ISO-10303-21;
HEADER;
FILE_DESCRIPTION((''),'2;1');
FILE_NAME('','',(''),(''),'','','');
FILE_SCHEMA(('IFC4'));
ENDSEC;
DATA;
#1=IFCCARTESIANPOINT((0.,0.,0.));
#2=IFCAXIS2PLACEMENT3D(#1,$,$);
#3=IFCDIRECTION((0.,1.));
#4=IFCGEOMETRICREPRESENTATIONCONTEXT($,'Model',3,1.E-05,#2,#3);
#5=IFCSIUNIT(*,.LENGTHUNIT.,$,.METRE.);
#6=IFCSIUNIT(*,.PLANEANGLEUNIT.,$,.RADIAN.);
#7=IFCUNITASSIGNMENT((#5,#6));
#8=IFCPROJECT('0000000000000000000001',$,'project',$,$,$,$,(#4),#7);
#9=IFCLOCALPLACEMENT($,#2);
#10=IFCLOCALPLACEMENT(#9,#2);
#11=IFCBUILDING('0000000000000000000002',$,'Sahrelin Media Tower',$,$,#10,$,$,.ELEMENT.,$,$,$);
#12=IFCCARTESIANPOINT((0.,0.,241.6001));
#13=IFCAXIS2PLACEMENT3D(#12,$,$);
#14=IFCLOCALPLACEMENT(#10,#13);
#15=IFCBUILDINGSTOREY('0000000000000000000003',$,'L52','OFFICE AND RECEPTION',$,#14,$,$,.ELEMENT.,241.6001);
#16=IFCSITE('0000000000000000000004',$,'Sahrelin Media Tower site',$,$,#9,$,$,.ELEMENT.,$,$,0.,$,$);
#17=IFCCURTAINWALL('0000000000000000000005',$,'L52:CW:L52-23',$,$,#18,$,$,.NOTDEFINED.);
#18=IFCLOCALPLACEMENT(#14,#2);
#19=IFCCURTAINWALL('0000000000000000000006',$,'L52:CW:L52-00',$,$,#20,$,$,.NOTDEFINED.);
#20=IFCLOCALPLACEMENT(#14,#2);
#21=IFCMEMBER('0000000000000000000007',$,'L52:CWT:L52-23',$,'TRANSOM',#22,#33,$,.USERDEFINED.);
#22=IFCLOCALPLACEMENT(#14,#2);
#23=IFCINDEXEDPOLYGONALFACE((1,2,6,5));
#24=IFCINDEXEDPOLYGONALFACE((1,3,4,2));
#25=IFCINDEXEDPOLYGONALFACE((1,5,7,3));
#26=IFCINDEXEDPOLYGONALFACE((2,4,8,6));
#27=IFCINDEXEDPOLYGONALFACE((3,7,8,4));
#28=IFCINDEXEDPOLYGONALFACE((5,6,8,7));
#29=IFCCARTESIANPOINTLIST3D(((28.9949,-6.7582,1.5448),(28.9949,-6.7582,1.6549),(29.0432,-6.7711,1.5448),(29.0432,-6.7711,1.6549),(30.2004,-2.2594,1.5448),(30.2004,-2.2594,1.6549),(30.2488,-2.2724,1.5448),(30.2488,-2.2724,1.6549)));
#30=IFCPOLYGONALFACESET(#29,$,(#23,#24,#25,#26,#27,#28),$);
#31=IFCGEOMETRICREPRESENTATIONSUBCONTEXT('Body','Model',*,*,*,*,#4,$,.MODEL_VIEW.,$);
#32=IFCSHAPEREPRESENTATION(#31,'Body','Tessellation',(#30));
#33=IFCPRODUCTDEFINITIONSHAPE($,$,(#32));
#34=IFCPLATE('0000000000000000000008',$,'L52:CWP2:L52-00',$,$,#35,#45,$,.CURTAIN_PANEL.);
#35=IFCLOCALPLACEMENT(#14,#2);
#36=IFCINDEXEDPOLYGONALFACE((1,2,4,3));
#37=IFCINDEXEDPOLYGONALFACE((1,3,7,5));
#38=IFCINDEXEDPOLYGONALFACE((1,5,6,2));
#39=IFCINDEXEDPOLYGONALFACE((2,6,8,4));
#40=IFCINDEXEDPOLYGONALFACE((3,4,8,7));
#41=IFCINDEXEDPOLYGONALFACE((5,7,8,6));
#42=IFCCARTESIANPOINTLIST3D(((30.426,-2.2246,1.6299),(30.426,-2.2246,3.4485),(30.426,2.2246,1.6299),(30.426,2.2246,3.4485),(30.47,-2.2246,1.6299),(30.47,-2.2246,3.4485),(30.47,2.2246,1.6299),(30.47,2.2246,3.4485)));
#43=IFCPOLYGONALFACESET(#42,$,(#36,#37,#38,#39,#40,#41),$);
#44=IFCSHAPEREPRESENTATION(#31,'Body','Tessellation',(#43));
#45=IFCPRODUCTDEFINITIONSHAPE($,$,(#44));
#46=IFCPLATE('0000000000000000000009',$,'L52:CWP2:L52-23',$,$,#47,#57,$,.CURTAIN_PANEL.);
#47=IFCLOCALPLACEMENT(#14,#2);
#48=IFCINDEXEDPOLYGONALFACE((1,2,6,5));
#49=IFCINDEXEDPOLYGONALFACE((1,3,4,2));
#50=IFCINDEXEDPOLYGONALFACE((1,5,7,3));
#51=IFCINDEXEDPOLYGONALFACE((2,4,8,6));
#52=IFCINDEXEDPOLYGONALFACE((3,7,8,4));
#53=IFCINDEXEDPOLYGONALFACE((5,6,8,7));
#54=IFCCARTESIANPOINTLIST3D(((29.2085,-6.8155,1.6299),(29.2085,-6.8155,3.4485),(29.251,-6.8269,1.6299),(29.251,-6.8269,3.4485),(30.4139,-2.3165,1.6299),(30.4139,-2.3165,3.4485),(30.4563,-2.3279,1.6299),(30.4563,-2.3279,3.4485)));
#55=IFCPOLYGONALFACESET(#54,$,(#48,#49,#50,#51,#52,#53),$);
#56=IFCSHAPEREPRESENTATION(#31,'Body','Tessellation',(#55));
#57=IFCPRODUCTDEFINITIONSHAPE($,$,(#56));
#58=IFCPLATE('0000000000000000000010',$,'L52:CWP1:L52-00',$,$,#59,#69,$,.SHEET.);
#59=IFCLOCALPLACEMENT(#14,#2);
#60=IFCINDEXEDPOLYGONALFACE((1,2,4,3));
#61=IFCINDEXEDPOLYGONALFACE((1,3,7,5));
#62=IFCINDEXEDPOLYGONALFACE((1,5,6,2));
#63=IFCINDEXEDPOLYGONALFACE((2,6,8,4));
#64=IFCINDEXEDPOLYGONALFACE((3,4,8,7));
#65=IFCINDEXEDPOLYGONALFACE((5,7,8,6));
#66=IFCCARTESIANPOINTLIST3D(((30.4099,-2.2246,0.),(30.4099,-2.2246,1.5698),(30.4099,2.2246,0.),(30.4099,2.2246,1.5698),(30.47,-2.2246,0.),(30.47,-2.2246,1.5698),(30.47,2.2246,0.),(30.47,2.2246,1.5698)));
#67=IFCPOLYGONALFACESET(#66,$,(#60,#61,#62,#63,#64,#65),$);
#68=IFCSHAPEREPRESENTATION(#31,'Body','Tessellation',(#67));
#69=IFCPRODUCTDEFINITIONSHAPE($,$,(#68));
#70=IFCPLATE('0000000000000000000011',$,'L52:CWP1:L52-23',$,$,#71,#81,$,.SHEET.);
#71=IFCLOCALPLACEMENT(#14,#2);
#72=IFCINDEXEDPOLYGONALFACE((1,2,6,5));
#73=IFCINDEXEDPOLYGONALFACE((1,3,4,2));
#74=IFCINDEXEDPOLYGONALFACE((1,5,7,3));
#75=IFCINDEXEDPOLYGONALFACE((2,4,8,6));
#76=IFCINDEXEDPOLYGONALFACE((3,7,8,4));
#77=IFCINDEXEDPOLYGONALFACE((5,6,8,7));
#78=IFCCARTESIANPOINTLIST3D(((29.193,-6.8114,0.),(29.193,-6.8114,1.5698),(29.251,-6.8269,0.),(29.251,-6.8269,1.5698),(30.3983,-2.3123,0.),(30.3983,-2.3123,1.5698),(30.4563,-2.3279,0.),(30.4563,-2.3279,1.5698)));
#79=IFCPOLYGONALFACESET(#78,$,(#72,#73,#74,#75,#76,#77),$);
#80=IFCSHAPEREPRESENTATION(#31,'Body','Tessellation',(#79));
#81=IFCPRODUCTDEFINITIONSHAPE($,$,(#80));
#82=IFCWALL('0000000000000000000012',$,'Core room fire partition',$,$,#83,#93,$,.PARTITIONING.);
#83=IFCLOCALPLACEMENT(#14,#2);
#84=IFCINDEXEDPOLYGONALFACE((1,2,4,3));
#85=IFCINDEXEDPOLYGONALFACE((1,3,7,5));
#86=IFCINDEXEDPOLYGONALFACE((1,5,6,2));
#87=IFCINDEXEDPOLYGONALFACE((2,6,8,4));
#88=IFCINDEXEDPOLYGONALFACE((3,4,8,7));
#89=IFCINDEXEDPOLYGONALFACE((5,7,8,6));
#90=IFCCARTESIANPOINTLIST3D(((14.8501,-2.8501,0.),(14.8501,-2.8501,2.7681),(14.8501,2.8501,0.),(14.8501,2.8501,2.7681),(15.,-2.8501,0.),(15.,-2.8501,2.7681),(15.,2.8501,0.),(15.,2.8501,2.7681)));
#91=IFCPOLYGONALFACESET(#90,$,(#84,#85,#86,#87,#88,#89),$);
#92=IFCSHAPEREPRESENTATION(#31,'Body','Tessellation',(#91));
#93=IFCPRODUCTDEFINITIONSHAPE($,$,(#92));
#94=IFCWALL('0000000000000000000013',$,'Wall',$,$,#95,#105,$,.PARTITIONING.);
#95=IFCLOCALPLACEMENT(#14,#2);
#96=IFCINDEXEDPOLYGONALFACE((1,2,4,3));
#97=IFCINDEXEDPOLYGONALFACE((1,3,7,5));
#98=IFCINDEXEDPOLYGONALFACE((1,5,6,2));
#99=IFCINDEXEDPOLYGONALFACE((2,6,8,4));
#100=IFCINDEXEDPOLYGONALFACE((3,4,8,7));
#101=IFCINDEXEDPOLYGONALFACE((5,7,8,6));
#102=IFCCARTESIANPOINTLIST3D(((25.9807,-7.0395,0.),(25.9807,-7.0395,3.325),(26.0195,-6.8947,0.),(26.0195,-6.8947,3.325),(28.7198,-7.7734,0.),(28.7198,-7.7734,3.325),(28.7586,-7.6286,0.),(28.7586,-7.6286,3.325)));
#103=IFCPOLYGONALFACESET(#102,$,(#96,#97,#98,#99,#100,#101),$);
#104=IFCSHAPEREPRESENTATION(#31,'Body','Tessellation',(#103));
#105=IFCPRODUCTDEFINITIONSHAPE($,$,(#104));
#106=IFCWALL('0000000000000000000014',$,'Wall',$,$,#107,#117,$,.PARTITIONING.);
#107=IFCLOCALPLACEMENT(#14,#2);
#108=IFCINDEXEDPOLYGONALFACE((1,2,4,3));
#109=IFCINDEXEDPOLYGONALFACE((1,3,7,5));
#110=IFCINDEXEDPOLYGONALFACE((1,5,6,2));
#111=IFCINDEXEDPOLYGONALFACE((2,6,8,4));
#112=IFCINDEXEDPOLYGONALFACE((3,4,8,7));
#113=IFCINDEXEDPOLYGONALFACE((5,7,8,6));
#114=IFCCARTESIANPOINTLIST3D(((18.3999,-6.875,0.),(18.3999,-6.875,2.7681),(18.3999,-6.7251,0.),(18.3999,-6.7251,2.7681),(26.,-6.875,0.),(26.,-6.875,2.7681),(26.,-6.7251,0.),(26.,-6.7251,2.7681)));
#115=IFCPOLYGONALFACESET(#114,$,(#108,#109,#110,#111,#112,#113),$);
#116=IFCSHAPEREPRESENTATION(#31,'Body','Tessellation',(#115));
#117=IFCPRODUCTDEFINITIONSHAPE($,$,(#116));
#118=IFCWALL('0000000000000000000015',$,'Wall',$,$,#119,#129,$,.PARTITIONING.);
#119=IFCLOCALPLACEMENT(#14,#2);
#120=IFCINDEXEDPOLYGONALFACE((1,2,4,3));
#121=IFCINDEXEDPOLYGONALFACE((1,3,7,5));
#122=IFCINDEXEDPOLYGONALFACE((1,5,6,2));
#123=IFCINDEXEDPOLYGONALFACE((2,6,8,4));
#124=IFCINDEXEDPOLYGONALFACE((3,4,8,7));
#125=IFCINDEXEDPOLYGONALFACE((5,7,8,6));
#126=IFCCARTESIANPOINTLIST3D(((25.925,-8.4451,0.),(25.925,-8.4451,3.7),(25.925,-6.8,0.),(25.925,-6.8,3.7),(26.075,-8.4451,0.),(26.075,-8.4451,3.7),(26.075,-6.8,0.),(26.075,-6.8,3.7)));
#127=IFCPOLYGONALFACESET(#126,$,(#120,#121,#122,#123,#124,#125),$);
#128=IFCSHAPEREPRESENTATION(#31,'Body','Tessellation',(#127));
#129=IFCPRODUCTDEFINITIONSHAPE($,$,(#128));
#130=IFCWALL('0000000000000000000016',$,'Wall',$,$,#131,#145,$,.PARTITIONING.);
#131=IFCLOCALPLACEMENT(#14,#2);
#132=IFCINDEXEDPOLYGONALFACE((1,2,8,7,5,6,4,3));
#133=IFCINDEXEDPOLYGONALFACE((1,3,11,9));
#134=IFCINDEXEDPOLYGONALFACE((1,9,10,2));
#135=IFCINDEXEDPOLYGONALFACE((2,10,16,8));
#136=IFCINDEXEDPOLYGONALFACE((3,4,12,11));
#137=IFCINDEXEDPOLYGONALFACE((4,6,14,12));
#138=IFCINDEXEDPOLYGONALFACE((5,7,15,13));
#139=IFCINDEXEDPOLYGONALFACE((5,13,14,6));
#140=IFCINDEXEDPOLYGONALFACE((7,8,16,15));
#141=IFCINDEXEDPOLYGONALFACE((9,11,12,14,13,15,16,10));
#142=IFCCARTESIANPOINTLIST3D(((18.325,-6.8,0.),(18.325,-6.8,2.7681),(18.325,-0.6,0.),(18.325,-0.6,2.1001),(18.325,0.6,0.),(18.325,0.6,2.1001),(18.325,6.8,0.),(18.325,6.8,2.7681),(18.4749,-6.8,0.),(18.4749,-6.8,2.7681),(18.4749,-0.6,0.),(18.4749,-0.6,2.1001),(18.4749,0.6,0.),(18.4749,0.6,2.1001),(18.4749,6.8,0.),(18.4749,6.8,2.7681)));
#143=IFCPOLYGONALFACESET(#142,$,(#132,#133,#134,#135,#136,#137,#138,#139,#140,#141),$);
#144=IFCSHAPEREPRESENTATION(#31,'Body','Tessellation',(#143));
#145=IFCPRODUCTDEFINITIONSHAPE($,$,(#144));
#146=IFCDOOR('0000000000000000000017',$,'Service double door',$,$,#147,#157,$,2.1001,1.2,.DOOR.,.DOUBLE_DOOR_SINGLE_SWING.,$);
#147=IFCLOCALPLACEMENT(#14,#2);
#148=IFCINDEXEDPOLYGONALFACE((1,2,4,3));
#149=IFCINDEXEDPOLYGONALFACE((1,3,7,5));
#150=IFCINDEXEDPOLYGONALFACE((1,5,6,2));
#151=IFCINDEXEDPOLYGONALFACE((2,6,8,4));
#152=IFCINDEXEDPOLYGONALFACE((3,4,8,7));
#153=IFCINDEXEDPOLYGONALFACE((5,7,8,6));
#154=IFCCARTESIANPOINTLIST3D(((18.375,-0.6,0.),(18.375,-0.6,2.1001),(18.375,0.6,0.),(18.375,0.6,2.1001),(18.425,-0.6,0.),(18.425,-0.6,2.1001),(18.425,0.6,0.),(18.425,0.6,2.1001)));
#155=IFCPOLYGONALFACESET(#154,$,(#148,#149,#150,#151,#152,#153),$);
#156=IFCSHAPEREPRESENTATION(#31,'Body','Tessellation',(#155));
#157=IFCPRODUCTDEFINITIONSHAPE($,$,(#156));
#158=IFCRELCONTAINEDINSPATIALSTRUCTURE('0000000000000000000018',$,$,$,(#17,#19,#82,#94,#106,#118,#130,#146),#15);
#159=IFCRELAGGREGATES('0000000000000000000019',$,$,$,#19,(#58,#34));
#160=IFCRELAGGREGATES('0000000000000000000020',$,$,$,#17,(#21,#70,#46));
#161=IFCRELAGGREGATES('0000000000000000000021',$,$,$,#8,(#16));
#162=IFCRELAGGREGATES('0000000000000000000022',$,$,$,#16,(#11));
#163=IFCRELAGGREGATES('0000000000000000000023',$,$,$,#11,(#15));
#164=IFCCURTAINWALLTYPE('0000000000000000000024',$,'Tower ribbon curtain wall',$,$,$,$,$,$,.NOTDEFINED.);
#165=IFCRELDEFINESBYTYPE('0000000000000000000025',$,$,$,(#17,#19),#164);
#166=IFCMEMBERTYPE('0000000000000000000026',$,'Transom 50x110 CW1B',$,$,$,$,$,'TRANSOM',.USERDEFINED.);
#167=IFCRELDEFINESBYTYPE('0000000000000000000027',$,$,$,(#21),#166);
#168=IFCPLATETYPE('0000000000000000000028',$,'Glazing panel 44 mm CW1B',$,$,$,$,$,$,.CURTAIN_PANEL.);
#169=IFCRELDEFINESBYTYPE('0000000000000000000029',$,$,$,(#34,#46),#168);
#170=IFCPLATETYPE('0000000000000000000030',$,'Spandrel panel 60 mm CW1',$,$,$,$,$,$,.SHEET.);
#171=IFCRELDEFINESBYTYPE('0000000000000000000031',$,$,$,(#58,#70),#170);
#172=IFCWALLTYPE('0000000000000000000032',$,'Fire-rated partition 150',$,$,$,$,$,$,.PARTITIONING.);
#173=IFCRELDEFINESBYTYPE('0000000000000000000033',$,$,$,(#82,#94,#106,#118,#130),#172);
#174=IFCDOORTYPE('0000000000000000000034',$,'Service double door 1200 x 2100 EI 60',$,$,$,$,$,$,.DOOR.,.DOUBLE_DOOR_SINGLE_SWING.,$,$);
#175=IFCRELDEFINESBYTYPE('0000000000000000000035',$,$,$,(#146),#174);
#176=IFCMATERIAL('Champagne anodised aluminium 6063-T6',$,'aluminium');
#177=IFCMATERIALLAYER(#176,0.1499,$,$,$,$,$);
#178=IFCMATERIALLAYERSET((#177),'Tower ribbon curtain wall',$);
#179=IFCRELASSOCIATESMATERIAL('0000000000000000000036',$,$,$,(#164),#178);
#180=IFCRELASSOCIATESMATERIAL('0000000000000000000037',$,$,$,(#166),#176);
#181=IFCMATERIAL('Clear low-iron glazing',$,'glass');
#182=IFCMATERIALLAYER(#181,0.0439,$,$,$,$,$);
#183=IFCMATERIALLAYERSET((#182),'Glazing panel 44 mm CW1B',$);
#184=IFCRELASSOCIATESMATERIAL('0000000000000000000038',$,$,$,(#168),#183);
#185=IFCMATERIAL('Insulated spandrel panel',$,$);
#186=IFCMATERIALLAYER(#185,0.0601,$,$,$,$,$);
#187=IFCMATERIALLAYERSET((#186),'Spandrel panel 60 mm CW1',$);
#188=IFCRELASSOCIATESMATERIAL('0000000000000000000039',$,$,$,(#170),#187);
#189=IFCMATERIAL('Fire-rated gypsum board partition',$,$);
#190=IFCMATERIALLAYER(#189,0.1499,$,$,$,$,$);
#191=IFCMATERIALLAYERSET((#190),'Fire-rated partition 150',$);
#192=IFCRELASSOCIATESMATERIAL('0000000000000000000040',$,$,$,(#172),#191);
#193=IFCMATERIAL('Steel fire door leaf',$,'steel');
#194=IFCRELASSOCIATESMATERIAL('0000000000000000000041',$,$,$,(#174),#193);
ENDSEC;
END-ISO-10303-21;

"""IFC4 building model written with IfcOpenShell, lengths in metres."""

from ifc_helpers import new_model, si_unit, direction, frame, frame_2d, origin, origin_2d, place, context, subcontext, project, spatial, polyline, rectangle, outline, extrude, material, layer, layer_set, material_profile, profile_set, type_object, element, fill, aggregate, save


model = new_model("IFC4")

# Units and contexts
model_context = context("Model", 3, precision=1e-05, world=origin(), true_north=direction((0.0, 1.0)))
body_context = subcontext(model_context, "Body", "Model", "MODEL_VIEW")
ifc_project = project(units=[si_unit("LENGTHUNIT", "METRE"), si_unit("PLANEANGLEUNIT", "RADIAN")], contexts=[model_context])

# Site, building, storey
site_placement = place(None, origin())
site = spatial("IfcSite", under=ifc_project, at=site_placement, Name="Sahrelin Media Tower site", CompositionType="ELEMENT", RefElevation=0.0)
building_placement = place(site_placement, origin())
building = spatial("IfcBuilding", under=site, at=building_placement, Name="Sahrelin Media Tower", CompositionType="ELEMENT")
storey_placement = place(building_placement, frame((0.0, 0.0, 241.6001)))
storey = spatial("IfcBuildingStorey", under=building, at=storey_placement, Name="L52", Description="OFFICE AND RECEPTION", CompositionType="ELEMENT", Elevation=241.6001)

# Curtain wall
ifc_material_1 = material(Name="Champagne anodised aluminium 6063-T6", Category="aluminium")
ifc_layer_1 = layer(ifc_material_1, 0.1499)
ifc_layer_set_1 = layer_set([ifc_layer_1], Name="Tower ribbon curtain wall")
curtain_wall_type = type_object("IfcCurtainWallType", Name="Tower ribbon curtain wall", PredefinedType="NOTDEFINED", material=ifc_layer_set_1)
curtain_wall_1_placement = place(storey_placement, frame((29.8342, -4.5723, 0.0), z_axis=(0.0, 0.0, 1.0), x_axis=(1.0, 0.0, 0.0)))
curtain_wall_1 = element("IfcCurtainWall", 1, at=curtain_wall_1_placement, inside=storey, type_object=curtain_wall_type, Name="L52:CW:L52-23", PredefinedType="NOTDEFINED")

# Curtain wall
curtain_wall_2_placement = place(storey_placement, frame((30.45, 0.0, 0.0), z_axis=(0.0, 0.0, 1.0), x_axis=(1.0, 0.0, 0.0)))
curtain_wall_2 = element("IfcCurtainWall", 2, at=curtain_wall_2_placement, inside=storey, type_object=curtain_wall_type, Name="L52:CW:L52-00", PredefinedType="NOTDEFINED")
ifc_material_profile_1 = material_profile(ifc_material_1, rectangle(XDim=0.05, YDim=0.1101, at=origin_2d()), Name="Transom 50x110")
ifc_profile_set_1 = profile_set([ifc_material_profile_1], Name="Champagne anodised aluminium 6063-T6")
member_type_1 = type_object("IfcMemberType", Name="Transom 50x110 CW1B", ElementType="TRANSOM", PredefinedType="USERDEFINED", material=ifc_profile_set_1)

# Member
member_1_placement = place(storey_placement, frame((29.019, -6.7646, 1.5999), z_axis=(0.258844, 0.965919, 0.0), x_axis=(-0.965919, 0.258844, 0.0)))
member_1 = element("IfcMember", 3, at=member_1_placement, type_object=member_type_1, Name="L52:CWT:L52-23", ObjectType="TRANSOM", PredefinedType="USERDEFINED", context=body_context, shape_type="SweptSolid", body=[
    extrude(rectangle(XDim=0.05, YDim=0.1101, at=origin_2d()), origin(), (0.0, 0.0, 1.0), 4.6575),
])

# Plates
ifc_material_2 = material(Name="Clear low-iron glazing", Category="glass")
ifc_layer_2 = layer(ifc_material_2, 0.0439)
ifc_layer_set_2 = layer_set([ifc_layer_2], Name="Glazing panel 44 mm CW1B")
plate_type_1 = type_object("IfcPlateType", Name="Glazing panel 44 mm CW1B", PredefinedType="CURTAIN_PANEL", material=ifc_layer_set_2)
plate_1_placement = place(storey_placement, frame((30.47, -2.2246, 1.6299), z_axis=(1.0, 0.0, 0.0), x_axis=(0.0, 1.0, 0.0)))
plate_1 = element("IfcPlate", 4, at=plate_1_placement, type_object=plate_type_1, Name="L52:CWP2:L52-00", PredefinedType="CURTAIN_PANEL", context=body_context, shape_type="SweptSolid", body=[
    extrude(outline(polyline([(0.0, 0.0), (4.4492, 0.0), (4.4492, 1.8186), (0.0, 1.8186), (0.0, 0.0)])), origin(), (0.0, 0.0, -1.0), 0.0439),
])
plate_2_placement = place(storey_placement, frame((29.251, -6.8269, 1.6299), z_axis=(0.965936, -0.258781, 0.0), x_axis=(0.258781, 0.965936, 0.0)))
plate_2 = element("IfcPlate", 5, at=plate_2_placement, type_object=plate_type_1, Name="L52:CWP2:L52-23", PredefinedType="CURTAIN_PANEL", context=body_context, shape_type="SweptSolid", body=[
    extrude(outline(polyline([(0.0, 0.0), (4.6577, 0.0), (4.6577, 1.8186), (0.0, 1.8186), (0.0, 0.0)])), origin(), (0.0, 0.0, -1.0), 0.0439),
])
ifc_material_3 = material(Name="Insulated spandrel panel")
ifc_layer_3 = layer(ifc_material_3, 0.0601)
ifc_layer_set_3 = layer_set([ifc_layer_3], Name="Spandrel panel 60 mm CW1")
plate_type_2 = type_object("IfcPlateType", Name="Spandrel panel 60 mm CW1", PredefinedType="SHEET", material=ifc_layer_set_3)
plate_3_placement = place(storey_placement, frame((30.47, -2.2246, 0.0), z_axis=(1.0, 0.0, 0.0), x_axis=(0.0, 1.0, 0.0)))
plate_3 = element("IfcPlate", 6, at=plate_3_placement, type_object=plate_type_2, Name="L52:CWP1:L52-00", PredefinedType="SHEET", context=body_context, shape_type="SweptSolid", body=[
    extrude(outline(polyline([(0.0, 0.0), (4.4492, 0.0), (4.4492, 1.5698), (0.0, 1.5698), (0.0, 0.0)])), origin(), (0.0, 0.0, -1.0), 0.0601),
])
aggregate(curtain_wall_2, [plate_3, plate_1])
plate_4_placement = place(storey_placement, frame((29.251, -6.8269, 0.0), z_axis=(0.965936, -0.258781, 0.0), x_axis=(0.258781, 0.965936, 0.0)))
plate_4 = element("IfcPlate", 7, at=plate_4_placement, type_object=plate_type_2, Name="L52:CWP1:L52-23", PredefinedType="SHEET", context=body_context, shape_type="SweptSolid", body=[
    extrude(outline(polyline([(0.0, 0.0), (4.6577, 0.0), (4.6577, 1.5698), (0.0, 1.5698), (0.0, 0.0)])), origin(), (0.0, 0.0, -1.0), 0.0601),
])
aggregate(curtain_wall_1, [member_1, plate_4, plate_2])

# Walls
ifc_material_4 = material(Name="Fire-rated gypsum board partition")
ifc_layer_4 = layer(ifc_material_4, 0.1499)
ifc_layer_set_4 = layer_set([ifc_layer_4], Name="Fire-rated partition 150")
wall_type_1 = type_object("IfcWallType", Name="Fire-rated partition 150", PredefinedType="PARTITIONING", material=ifc_layer_set_4)
wall_1_placement = place(storey_placement, frame((14.925, -2.8501, 0.0), z_axis=(0.0, 0.0, 1.0), x_axis=(0.0, 1.0, 0.0)))
element("IfcWall", 8, at=wall_1_placement, inside=storey, type_object=wall_type_1, Name="Core room fire partition", PredefinedType="PARTITIONING", context=body_context, shape_type="SweptSolid", body=[
    extrude(rectangle(XDim=5.7002, YDim=0.1499, at=frame_2d((2.8501, 0.0))), origin(), (0.0, 0.0, 1.0), 2.7681),
])
wall_2_placement = place(storey_placement, frame((26.0, -6.967, 0.0), z_axis=(0.0, 0.0, 1.0), x_axis=(0.965928, -0.258809, 0.0)))
element("IfcWall", 9, at=wall_2_placement, inside=storey, type_object=wall_type_1, Name="Wall", PredefinedType="PARTITIONING", context=body_context, shape_type="SweptSolid", body=[
    extrude(rectangle(XDim=2.8357, YDim=0.1499, at=frame_2d((1.418, 0.0))), origin(), (0.0, 0.0, 1.0), 3.325),
])
wall_3_placement = place(storey_placement, frame((18.3999, -6.8, 0.0), z_axis=(0.0, 0.0, 1.0), x_axis=(1.0, 0.0, 0.0)))
element("IfcWall", 10, at=wall_3_placement, inside=storey, type_object=wall_type_1, Name="Wall", PredefinedType="PARTITIONING", context=body_context, shape_type="SweptSolid", body=[
    extrude(rectangle(XDim=7.6001, YDim=0.1499, at=frame_2d((3.8, 0.0))), origin(), (0.0, 0.0, 1.0), 2.7681),
])
wall_4_placement = place(storey_placement, frame((26.0, -8.4451, 0.0), z_axis=(0.0, 0.0, 1.0), x_axis=(0.0, 1.0, 0.0)))
element("IfcWall", 11, at=wall_4_placement, inside=storey, type_object=wall_type_1, Name="Wall", PredefinedType="PARTITIONING", context=body_context, shape_type="SweptSolid", body=[
    extrude(rectangle(XDim=1.645, YDim=0.1499, at=frame_2d((0.8225, 0.0))), origin(), (0.0, 0.0, 1.0), 3.7),
])

# Wall, opening, door
wall_5_placement = place(storey_placement, frame((18.3999, -6.8, 0.0), z_axis=(0.0, 0.0, 1.0), x_axis=(0.0, 1.0, 0.0)))
wall_5 = element("IfcWall", 12, at=wall_5_placement, inside=storey, type_object=wall_type_1, Name="Wall", PredefinedType="PARTITIONING", context=body_context, shape_type="SweptSolid", body=[
    extrude(rectangle(XDim=13.6001, YDim=0.1499, at=frame_2d((6.8, 0.0))), origin(), (0.0, 0.0, 1.0), 2.7681),
])
opening_1_placement = place(wall_5_placement, frame((6.2, 0.0, 0.0)))
opening_1 = element("IfcOpeningElement", 13, at=opening_1_placement, cuts=wall_5, PredefinedType="OPENING", context=body_context, shape_type="SweptSolid", body=[
    extrude(rectangle(XDim=1.2, YDim=2.1001, at=frame_2d((0.6001, 1.05))), frame((0.0, 0.075, 0.0), z_axis=(0.0, -1.0, 0.0), x_axis=(1.0, 0.0, 0.0)), (0.0, 0.0, 1.0), 0.1499),
])
ifc_material_5 = material(Name="Steel fire door leaf", Category="steel")
door_type_1 = type_object("IfcDoorType", Name="Service double door 1200 x 2100 EI 60", OperationType="DOUBLE_DOOR_SINGLE_SWING", PredefinedType="DOOR", material=ifc_material_5)
door_1_placement = place(opening_1_placement, origin())
door_1 = element("IfcDoor", 14, at=door_1_placement, inside=storey, type_object=door_type_1, Name="Service double door", OperationType="DOUBLE_DOOR_SINGLE_SWING", OverallHeight=2.1001, OverallWidth=1.2, PredefinedType="DOOR", context=body_context, shape_type="SweptSolid", body=[
    extrude(rectangle(XDim=1.2, YDim=2.1001, at=frame_2d((0.6001, 1.05))), frame((0.0, 0.0249, 0.0), z_axis=(0.0, -1.0, 0.0), x_axis=(1.0, 0.0, 0.0)), (0.0, 0.0, 1.0), 0.05),
])
fill(opening_1, door_1)

save(model, "model.ifc")
